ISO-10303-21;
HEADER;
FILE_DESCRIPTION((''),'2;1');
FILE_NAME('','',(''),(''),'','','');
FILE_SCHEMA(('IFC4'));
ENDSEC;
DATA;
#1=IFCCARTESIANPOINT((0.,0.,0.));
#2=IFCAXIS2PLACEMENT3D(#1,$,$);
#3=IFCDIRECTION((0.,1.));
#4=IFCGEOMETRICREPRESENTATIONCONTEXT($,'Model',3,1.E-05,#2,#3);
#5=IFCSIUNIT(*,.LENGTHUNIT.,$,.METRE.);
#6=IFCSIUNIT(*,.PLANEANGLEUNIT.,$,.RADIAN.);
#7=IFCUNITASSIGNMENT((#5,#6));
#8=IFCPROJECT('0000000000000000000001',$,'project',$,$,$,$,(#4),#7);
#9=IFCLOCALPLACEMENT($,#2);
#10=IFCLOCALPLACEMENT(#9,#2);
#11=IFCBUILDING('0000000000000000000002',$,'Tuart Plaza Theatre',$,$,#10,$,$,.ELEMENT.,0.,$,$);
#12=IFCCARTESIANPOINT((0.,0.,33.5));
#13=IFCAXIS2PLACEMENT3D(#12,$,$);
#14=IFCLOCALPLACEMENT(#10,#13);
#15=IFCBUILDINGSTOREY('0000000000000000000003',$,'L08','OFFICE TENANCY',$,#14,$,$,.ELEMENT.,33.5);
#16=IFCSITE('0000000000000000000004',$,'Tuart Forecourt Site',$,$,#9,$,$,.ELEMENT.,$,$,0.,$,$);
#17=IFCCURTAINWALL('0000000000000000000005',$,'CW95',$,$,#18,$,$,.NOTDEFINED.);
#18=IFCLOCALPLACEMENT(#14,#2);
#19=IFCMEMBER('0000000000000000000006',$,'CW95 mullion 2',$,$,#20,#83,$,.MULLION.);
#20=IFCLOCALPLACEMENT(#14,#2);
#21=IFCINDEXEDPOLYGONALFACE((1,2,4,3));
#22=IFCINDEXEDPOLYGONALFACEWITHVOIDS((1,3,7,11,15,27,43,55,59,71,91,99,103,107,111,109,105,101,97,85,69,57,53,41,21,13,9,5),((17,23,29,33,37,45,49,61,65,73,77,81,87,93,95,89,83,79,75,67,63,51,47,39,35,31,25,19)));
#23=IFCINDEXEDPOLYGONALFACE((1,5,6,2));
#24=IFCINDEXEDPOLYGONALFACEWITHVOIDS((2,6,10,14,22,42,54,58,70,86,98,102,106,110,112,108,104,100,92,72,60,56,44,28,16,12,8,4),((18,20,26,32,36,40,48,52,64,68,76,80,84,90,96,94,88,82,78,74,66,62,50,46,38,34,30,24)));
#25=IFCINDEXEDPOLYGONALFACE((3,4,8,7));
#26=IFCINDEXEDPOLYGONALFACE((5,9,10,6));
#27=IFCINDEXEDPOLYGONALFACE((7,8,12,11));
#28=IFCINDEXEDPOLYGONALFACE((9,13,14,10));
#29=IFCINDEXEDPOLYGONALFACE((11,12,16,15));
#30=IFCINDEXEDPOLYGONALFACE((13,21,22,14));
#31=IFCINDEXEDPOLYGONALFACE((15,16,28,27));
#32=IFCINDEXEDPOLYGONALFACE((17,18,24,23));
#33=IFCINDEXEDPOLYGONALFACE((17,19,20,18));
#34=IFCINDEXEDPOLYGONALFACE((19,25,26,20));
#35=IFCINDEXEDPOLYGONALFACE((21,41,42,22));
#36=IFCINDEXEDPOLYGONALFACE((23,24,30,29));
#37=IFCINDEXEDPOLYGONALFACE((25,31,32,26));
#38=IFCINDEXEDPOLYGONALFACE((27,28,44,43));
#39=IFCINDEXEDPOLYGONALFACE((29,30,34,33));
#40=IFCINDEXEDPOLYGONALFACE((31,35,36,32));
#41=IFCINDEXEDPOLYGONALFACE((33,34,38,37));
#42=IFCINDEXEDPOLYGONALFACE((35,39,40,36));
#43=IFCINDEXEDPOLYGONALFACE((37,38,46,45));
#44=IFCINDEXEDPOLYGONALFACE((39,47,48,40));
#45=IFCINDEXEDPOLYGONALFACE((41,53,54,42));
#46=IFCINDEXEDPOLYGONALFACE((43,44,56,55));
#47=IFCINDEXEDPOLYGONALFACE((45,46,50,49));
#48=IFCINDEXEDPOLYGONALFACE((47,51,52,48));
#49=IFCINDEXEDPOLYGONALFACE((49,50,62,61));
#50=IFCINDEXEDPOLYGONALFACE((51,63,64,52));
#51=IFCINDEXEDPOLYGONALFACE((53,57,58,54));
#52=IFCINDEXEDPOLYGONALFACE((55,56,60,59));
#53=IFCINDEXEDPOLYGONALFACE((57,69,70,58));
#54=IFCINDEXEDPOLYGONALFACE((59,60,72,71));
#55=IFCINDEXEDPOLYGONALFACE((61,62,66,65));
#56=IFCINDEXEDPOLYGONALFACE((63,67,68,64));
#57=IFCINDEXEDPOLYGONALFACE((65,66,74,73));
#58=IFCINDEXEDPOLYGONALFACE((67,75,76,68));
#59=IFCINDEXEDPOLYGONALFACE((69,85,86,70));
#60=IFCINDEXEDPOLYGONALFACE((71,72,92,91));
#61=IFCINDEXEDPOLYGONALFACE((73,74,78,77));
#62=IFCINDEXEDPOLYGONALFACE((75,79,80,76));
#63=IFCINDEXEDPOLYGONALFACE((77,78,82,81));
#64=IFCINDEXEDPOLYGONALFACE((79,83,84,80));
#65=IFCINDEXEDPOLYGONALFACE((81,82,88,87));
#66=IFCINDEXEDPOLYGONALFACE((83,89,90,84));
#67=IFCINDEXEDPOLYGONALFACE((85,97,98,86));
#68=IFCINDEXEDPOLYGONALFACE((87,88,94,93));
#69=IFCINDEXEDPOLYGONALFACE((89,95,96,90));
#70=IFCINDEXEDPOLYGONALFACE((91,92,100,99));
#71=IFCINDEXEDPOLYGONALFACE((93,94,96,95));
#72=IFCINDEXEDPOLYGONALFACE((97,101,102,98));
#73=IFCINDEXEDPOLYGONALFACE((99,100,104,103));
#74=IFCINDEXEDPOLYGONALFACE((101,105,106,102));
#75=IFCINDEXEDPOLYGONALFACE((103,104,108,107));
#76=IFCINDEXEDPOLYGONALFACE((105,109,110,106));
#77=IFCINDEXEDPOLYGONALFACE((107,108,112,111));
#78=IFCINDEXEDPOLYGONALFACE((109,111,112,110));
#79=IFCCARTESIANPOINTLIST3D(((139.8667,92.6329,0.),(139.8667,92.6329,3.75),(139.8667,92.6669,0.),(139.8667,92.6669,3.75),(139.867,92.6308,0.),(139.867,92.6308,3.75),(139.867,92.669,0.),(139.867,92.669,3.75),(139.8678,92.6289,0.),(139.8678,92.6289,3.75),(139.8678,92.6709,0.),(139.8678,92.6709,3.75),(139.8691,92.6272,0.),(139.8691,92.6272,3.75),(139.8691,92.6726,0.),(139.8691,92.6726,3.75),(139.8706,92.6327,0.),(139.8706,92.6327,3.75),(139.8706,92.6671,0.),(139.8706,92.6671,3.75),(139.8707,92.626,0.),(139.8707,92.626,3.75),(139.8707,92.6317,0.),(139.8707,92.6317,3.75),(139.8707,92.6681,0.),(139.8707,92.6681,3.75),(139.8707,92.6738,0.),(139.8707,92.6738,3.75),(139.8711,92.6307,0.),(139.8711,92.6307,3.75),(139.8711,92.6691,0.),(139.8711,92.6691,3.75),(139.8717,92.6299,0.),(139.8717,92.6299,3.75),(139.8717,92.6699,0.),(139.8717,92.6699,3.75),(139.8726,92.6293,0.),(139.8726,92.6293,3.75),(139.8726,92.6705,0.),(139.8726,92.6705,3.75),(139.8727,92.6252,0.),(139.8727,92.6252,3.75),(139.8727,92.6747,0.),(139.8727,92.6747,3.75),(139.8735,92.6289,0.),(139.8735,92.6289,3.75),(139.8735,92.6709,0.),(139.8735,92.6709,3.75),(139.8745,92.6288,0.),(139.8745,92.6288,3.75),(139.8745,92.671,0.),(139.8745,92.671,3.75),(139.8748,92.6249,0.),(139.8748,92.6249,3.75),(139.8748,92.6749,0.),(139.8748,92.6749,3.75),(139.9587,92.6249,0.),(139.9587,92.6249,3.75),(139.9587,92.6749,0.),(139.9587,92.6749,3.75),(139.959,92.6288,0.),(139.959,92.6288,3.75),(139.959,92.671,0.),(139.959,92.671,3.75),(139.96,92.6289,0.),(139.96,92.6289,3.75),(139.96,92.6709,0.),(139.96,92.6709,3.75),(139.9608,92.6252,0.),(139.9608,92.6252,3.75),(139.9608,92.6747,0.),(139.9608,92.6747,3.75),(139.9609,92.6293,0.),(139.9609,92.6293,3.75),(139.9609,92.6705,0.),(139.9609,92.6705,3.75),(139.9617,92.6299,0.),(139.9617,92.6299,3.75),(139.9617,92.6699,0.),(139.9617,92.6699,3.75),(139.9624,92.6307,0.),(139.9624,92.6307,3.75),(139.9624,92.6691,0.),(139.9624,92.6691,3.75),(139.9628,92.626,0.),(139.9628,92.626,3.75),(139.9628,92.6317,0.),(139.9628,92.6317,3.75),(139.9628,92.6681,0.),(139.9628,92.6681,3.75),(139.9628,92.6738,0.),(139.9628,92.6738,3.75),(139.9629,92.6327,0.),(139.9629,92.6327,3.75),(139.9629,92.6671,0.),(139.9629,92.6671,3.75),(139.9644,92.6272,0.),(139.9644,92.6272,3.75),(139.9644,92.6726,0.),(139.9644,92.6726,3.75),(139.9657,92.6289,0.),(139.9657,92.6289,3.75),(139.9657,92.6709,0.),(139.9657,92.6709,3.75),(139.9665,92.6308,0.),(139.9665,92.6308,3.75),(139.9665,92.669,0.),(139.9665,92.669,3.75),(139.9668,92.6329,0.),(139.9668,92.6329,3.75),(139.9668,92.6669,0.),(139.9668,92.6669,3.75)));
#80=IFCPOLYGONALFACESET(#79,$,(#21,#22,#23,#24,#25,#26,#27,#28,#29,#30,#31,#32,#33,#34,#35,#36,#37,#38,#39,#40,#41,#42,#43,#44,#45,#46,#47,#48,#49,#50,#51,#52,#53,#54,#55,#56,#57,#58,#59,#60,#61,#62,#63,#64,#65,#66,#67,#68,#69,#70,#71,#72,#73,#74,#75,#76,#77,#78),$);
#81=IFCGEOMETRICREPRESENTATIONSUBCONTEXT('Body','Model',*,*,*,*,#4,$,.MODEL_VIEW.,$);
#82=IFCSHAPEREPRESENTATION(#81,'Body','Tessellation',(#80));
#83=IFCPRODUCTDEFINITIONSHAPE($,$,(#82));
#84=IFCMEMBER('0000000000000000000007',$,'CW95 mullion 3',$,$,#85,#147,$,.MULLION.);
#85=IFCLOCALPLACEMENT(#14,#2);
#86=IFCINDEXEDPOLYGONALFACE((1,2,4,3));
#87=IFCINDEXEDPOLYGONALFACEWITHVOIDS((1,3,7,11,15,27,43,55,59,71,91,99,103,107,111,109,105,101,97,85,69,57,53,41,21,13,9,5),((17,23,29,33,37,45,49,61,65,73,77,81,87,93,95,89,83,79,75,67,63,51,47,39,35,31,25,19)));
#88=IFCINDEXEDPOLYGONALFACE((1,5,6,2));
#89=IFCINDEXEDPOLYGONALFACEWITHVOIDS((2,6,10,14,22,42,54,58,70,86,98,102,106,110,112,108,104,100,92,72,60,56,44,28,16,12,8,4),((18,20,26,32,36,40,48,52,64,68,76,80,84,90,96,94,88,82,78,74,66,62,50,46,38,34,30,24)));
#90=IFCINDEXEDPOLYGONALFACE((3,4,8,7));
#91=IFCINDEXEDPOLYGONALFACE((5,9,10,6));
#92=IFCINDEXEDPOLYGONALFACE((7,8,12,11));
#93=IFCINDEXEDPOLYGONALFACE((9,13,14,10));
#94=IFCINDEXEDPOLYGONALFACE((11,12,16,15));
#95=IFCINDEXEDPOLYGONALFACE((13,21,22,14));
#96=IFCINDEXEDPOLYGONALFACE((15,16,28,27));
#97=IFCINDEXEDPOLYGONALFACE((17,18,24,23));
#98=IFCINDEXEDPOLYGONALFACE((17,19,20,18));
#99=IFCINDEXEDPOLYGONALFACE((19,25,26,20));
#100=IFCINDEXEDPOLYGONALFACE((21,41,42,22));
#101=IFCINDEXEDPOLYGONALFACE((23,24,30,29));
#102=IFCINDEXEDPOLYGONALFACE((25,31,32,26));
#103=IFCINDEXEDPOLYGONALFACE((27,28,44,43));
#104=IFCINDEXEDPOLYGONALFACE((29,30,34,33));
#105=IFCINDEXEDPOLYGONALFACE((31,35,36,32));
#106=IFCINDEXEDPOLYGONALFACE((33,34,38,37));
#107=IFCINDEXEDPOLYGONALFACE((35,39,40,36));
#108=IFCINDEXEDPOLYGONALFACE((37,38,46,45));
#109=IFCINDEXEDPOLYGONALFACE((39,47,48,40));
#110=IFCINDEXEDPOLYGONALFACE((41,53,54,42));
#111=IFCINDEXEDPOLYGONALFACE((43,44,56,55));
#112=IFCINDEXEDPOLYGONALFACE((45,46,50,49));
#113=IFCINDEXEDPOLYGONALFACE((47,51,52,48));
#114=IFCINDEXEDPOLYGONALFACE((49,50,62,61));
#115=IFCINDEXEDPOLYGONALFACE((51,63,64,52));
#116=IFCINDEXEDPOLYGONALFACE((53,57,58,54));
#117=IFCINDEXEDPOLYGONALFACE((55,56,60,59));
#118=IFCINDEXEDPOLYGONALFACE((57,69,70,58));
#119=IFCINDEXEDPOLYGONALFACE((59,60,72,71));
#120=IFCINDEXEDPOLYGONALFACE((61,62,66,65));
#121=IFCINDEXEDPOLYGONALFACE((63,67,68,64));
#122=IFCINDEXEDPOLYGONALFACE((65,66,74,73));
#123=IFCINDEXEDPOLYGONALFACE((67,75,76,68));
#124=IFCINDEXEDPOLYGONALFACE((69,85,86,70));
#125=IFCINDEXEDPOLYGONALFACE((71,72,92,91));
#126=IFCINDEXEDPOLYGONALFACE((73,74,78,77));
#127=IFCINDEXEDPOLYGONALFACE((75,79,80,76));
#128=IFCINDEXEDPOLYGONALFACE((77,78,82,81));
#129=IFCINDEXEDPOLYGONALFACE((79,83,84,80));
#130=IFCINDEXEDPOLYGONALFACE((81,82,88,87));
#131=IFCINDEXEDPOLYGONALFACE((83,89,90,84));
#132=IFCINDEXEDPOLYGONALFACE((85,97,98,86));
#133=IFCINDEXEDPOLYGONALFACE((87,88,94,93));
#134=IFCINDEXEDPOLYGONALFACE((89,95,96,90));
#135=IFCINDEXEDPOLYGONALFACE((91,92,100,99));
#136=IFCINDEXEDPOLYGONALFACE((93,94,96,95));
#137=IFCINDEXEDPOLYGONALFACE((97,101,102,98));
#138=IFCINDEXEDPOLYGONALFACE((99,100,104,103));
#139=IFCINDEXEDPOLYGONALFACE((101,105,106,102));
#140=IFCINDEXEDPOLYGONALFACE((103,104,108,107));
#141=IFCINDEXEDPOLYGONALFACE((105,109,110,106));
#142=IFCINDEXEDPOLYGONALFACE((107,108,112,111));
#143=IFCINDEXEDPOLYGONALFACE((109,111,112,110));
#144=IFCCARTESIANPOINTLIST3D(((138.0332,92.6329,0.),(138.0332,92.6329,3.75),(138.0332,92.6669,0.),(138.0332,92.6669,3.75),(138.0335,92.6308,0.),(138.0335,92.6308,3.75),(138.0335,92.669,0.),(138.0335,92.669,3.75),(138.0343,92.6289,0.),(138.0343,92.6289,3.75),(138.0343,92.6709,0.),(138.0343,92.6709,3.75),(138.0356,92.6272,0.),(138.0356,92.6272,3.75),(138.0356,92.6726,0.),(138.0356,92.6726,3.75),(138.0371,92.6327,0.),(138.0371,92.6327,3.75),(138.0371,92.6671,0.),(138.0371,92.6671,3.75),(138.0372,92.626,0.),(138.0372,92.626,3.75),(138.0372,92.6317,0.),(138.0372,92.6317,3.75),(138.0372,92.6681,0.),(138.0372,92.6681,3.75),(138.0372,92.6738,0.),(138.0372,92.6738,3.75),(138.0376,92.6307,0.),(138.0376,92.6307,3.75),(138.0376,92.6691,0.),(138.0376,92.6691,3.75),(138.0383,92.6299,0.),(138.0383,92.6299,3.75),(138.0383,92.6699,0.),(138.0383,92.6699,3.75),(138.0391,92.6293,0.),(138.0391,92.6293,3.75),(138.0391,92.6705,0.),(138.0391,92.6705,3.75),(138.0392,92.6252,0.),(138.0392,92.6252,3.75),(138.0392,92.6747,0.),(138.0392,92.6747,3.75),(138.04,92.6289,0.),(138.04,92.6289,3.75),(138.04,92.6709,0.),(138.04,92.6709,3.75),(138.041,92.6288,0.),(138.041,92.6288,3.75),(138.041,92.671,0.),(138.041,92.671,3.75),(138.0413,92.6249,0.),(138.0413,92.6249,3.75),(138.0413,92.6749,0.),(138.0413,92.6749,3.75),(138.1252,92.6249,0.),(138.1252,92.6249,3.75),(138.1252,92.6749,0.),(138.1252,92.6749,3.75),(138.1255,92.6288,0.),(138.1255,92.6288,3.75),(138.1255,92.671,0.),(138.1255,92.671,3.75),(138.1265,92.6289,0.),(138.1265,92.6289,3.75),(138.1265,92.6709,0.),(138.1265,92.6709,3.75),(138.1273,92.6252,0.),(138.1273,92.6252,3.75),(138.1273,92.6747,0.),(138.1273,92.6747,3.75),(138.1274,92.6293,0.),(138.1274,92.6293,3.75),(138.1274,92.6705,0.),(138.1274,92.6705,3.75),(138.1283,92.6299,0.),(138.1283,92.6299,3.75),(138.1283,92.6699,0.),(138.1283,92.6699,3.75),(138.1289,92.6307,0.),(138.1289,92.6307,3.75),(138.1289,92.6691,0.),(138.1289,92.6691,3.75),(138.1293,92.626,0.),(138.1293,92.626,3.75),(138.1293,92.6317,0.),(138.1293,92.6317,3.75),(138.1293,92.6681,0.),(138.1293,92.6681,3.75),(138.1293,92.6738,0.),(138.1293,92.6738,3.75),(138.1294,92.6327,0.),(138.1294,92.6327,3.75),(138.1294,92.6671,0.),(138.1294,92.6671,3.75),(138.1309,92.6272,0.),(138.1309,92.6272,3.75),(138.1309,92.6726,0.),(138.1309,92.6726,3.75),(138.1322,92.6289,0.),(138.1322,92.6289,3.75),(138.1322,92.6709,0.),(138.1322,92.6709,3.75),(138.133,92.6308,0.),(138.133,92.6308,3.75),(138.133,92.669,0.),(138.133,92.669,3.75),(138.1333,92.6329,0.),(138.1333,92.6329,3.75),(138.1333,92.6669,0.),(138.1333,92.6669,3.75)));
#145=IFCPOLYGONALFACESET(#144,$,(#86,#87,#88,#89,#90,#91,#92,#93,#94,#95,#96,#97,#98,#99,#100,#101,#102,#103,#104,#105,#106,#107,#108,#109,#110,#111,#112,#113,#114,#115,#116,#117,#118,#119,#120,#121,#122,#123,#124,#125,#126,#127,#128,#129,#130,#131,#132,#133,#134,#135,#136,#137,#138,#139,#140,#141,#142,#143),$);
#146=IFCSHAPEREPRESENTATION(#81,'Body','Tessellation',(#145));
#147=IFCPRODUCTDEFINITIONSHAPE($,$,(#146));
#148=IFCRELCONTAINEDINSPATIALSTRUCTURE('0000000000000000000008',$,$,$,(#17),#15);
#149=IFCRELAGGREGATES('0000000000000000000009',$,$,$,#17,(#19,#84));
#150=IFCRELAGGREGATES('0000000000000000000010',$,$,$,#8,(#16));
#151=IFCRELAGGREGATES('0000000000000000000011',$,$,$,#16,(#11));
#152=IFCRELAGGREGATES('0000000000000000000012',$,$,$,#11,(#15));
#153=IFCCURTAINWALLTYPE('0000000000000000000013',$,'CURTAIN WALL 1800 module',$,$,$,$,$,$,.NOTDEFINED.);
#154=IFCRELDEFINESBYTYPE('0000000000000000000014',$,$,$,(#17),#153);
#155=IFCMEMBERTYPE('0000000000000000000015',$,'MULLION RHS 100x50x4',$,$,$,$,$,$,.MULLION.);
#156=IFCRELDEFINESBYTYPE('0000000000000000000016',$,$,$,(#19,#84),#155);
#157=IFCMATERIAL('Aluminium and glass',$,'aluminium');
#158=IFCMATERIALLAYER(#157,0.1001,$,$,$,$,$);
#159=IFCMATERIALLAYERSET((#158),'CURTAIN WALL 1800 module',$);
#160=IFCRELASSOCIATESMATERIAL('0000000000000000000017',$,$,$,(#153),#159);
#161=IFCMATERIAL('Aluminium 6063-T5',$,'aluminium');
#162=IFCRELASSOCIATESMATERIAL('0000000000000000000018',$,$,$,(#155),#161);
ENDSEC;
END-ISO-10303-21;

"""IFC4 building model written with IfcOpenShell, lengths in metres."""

from ifc_helpers import new_model, si_unit, direction, frame, origin, origin_2d, place, context, subcontext, project, spatial, hollow_rectangle, extrude, material, layer, layer_set, material_profile, profile_set, type_object, element, aggregate, save


model = new_model("IFC4")

# Units and contexts
model_context = context("Model", 3, precision=1e-05, world=origin(), true_north=direction((0.0, 1.0)))
body_context = subcontext(model_context, "Body", "Model", "MODEL_VIEW")
ifc_project = project(units=[si_unit("LENGTHUNIT", "METRE"), si_unit("PLANEANGLEUNIT", "RADIAN")], contexts=[model_context])

# Site, building, storey
site_placement = place(None, origin())
site = spatial("IfcSite", under=ifc_project, at=site_placement, Name="Tuart Forecourt Site", CompositionType="ELEMENT", RefElevation=0.0)
building_placement = place(site_placement, origin())
building = spatial("IfcBuilding", under=site, at=building_placement, Name="Tuart Plaza Theatre", CompositionType="ELEMENT", ElevationOfRefHeight=0.0)
storey_placement = place(building_placement, frame((0.0, 0.0, 33.5)))
storey = spatial("IfcBuildingStorey", under=building, at=storey_placement, Name="L08", Description="OFFICE TENANCY", CompositionType="ELEMENT", Elevation=33.5)

# Curtain wall, members
ifc_material_1 = material(Name="Aluminium and glass", Category="aluminium")
ifc_layer_1 = layer(ifc_material_1, 0.1001)
ifc_layer_set_1 = layer_set([ifc_layer_1], Name="CURTAIN WALL 1800 module")
curtain_wall_type = type_object("IfcCurtainWallType", Name="CURTAIN WALL 1800 module", PredefinedType="NOTDEFINED", material=ifc_layer_set_1)
curtain_wall_placement = place(storey_placement, origin())
curtain_wall = element("IfcCurtainWall", 1, at=curtain_wall_placement, inside=storey, type_object=curtain_wall_type, Name="CW95", PredefinedType="NOTDEFINED")
ifc_material_2 = material(Name="Aluminium 6063-T5", Category="aluminium")
ifc_material_profile_1 = material_profile(ifc_material_2, hollow_rectangle(XDim=0.05, YDim=0.1001, WallThickness=0.0039, InnerFilletRadius=0.0039, OuterFilletRadius=0.0081, at=origin_2d()), Name="RHS 100x50x4")
ifc_profile_set_1 = profile_set([ifc_material_profile_1], Name="Aluminium 6063-T5")
member_type_1 = type_object("IfcMemberType", Name="MULLION RHS 100x50x4", PredefinedType="MULLION", material=ifc_profile_set_1)
member_1_placement = place(storey_placement, frame((139.9167, 92.6499, 0.0), z_axis=(0.0, 0.0, 1.0), x_axis=(0.0, -1.0, 0.0)))
member_1 = element("IfcMember", 2, at=member_1_placement, type_object=member_type_1, Name="CW95 mullion 2", PredefinedType="MULLION", context=body_context, shape_type="SweptSolid", body=[
    extrude(hollow_rectangle(XDim=0.05, YDim=0.1001, WallThickness=0.0039, InnerFilletRadius=0.0039, OuterFilletRadius=0.0081, at=origin_2d()), origin(), (0.0, 0.0, 1.0), 3.75),
])
member_2_placement = place(storey_placement, frame((138.0833, 92.6499, 0.0), z_axis=(0.0, 0.0, 1.0), x_axis=(0.0, -1.0, 0.0)))
member_2 = element("IfcMember", 3, at=member_2_placement, type_object=member_type_1, Name="CW95 mullion 3", PredefinedType="MULLION", context=body_context, shape_type="SweptSolid", body=[
    extrude(hollow_rectangle(XDim=0.05, YDim=0.1001, WallThickness=0.0039, InnerFilletRadius=0.0039, OuterFilletRadius=0.0081, at=origin_2d()), origin(), (0.0, 0.0, 1.0), 3.75),
])
aggregate(curtain_wall, [member_1, member_2])

save(model, "model.ifc")
